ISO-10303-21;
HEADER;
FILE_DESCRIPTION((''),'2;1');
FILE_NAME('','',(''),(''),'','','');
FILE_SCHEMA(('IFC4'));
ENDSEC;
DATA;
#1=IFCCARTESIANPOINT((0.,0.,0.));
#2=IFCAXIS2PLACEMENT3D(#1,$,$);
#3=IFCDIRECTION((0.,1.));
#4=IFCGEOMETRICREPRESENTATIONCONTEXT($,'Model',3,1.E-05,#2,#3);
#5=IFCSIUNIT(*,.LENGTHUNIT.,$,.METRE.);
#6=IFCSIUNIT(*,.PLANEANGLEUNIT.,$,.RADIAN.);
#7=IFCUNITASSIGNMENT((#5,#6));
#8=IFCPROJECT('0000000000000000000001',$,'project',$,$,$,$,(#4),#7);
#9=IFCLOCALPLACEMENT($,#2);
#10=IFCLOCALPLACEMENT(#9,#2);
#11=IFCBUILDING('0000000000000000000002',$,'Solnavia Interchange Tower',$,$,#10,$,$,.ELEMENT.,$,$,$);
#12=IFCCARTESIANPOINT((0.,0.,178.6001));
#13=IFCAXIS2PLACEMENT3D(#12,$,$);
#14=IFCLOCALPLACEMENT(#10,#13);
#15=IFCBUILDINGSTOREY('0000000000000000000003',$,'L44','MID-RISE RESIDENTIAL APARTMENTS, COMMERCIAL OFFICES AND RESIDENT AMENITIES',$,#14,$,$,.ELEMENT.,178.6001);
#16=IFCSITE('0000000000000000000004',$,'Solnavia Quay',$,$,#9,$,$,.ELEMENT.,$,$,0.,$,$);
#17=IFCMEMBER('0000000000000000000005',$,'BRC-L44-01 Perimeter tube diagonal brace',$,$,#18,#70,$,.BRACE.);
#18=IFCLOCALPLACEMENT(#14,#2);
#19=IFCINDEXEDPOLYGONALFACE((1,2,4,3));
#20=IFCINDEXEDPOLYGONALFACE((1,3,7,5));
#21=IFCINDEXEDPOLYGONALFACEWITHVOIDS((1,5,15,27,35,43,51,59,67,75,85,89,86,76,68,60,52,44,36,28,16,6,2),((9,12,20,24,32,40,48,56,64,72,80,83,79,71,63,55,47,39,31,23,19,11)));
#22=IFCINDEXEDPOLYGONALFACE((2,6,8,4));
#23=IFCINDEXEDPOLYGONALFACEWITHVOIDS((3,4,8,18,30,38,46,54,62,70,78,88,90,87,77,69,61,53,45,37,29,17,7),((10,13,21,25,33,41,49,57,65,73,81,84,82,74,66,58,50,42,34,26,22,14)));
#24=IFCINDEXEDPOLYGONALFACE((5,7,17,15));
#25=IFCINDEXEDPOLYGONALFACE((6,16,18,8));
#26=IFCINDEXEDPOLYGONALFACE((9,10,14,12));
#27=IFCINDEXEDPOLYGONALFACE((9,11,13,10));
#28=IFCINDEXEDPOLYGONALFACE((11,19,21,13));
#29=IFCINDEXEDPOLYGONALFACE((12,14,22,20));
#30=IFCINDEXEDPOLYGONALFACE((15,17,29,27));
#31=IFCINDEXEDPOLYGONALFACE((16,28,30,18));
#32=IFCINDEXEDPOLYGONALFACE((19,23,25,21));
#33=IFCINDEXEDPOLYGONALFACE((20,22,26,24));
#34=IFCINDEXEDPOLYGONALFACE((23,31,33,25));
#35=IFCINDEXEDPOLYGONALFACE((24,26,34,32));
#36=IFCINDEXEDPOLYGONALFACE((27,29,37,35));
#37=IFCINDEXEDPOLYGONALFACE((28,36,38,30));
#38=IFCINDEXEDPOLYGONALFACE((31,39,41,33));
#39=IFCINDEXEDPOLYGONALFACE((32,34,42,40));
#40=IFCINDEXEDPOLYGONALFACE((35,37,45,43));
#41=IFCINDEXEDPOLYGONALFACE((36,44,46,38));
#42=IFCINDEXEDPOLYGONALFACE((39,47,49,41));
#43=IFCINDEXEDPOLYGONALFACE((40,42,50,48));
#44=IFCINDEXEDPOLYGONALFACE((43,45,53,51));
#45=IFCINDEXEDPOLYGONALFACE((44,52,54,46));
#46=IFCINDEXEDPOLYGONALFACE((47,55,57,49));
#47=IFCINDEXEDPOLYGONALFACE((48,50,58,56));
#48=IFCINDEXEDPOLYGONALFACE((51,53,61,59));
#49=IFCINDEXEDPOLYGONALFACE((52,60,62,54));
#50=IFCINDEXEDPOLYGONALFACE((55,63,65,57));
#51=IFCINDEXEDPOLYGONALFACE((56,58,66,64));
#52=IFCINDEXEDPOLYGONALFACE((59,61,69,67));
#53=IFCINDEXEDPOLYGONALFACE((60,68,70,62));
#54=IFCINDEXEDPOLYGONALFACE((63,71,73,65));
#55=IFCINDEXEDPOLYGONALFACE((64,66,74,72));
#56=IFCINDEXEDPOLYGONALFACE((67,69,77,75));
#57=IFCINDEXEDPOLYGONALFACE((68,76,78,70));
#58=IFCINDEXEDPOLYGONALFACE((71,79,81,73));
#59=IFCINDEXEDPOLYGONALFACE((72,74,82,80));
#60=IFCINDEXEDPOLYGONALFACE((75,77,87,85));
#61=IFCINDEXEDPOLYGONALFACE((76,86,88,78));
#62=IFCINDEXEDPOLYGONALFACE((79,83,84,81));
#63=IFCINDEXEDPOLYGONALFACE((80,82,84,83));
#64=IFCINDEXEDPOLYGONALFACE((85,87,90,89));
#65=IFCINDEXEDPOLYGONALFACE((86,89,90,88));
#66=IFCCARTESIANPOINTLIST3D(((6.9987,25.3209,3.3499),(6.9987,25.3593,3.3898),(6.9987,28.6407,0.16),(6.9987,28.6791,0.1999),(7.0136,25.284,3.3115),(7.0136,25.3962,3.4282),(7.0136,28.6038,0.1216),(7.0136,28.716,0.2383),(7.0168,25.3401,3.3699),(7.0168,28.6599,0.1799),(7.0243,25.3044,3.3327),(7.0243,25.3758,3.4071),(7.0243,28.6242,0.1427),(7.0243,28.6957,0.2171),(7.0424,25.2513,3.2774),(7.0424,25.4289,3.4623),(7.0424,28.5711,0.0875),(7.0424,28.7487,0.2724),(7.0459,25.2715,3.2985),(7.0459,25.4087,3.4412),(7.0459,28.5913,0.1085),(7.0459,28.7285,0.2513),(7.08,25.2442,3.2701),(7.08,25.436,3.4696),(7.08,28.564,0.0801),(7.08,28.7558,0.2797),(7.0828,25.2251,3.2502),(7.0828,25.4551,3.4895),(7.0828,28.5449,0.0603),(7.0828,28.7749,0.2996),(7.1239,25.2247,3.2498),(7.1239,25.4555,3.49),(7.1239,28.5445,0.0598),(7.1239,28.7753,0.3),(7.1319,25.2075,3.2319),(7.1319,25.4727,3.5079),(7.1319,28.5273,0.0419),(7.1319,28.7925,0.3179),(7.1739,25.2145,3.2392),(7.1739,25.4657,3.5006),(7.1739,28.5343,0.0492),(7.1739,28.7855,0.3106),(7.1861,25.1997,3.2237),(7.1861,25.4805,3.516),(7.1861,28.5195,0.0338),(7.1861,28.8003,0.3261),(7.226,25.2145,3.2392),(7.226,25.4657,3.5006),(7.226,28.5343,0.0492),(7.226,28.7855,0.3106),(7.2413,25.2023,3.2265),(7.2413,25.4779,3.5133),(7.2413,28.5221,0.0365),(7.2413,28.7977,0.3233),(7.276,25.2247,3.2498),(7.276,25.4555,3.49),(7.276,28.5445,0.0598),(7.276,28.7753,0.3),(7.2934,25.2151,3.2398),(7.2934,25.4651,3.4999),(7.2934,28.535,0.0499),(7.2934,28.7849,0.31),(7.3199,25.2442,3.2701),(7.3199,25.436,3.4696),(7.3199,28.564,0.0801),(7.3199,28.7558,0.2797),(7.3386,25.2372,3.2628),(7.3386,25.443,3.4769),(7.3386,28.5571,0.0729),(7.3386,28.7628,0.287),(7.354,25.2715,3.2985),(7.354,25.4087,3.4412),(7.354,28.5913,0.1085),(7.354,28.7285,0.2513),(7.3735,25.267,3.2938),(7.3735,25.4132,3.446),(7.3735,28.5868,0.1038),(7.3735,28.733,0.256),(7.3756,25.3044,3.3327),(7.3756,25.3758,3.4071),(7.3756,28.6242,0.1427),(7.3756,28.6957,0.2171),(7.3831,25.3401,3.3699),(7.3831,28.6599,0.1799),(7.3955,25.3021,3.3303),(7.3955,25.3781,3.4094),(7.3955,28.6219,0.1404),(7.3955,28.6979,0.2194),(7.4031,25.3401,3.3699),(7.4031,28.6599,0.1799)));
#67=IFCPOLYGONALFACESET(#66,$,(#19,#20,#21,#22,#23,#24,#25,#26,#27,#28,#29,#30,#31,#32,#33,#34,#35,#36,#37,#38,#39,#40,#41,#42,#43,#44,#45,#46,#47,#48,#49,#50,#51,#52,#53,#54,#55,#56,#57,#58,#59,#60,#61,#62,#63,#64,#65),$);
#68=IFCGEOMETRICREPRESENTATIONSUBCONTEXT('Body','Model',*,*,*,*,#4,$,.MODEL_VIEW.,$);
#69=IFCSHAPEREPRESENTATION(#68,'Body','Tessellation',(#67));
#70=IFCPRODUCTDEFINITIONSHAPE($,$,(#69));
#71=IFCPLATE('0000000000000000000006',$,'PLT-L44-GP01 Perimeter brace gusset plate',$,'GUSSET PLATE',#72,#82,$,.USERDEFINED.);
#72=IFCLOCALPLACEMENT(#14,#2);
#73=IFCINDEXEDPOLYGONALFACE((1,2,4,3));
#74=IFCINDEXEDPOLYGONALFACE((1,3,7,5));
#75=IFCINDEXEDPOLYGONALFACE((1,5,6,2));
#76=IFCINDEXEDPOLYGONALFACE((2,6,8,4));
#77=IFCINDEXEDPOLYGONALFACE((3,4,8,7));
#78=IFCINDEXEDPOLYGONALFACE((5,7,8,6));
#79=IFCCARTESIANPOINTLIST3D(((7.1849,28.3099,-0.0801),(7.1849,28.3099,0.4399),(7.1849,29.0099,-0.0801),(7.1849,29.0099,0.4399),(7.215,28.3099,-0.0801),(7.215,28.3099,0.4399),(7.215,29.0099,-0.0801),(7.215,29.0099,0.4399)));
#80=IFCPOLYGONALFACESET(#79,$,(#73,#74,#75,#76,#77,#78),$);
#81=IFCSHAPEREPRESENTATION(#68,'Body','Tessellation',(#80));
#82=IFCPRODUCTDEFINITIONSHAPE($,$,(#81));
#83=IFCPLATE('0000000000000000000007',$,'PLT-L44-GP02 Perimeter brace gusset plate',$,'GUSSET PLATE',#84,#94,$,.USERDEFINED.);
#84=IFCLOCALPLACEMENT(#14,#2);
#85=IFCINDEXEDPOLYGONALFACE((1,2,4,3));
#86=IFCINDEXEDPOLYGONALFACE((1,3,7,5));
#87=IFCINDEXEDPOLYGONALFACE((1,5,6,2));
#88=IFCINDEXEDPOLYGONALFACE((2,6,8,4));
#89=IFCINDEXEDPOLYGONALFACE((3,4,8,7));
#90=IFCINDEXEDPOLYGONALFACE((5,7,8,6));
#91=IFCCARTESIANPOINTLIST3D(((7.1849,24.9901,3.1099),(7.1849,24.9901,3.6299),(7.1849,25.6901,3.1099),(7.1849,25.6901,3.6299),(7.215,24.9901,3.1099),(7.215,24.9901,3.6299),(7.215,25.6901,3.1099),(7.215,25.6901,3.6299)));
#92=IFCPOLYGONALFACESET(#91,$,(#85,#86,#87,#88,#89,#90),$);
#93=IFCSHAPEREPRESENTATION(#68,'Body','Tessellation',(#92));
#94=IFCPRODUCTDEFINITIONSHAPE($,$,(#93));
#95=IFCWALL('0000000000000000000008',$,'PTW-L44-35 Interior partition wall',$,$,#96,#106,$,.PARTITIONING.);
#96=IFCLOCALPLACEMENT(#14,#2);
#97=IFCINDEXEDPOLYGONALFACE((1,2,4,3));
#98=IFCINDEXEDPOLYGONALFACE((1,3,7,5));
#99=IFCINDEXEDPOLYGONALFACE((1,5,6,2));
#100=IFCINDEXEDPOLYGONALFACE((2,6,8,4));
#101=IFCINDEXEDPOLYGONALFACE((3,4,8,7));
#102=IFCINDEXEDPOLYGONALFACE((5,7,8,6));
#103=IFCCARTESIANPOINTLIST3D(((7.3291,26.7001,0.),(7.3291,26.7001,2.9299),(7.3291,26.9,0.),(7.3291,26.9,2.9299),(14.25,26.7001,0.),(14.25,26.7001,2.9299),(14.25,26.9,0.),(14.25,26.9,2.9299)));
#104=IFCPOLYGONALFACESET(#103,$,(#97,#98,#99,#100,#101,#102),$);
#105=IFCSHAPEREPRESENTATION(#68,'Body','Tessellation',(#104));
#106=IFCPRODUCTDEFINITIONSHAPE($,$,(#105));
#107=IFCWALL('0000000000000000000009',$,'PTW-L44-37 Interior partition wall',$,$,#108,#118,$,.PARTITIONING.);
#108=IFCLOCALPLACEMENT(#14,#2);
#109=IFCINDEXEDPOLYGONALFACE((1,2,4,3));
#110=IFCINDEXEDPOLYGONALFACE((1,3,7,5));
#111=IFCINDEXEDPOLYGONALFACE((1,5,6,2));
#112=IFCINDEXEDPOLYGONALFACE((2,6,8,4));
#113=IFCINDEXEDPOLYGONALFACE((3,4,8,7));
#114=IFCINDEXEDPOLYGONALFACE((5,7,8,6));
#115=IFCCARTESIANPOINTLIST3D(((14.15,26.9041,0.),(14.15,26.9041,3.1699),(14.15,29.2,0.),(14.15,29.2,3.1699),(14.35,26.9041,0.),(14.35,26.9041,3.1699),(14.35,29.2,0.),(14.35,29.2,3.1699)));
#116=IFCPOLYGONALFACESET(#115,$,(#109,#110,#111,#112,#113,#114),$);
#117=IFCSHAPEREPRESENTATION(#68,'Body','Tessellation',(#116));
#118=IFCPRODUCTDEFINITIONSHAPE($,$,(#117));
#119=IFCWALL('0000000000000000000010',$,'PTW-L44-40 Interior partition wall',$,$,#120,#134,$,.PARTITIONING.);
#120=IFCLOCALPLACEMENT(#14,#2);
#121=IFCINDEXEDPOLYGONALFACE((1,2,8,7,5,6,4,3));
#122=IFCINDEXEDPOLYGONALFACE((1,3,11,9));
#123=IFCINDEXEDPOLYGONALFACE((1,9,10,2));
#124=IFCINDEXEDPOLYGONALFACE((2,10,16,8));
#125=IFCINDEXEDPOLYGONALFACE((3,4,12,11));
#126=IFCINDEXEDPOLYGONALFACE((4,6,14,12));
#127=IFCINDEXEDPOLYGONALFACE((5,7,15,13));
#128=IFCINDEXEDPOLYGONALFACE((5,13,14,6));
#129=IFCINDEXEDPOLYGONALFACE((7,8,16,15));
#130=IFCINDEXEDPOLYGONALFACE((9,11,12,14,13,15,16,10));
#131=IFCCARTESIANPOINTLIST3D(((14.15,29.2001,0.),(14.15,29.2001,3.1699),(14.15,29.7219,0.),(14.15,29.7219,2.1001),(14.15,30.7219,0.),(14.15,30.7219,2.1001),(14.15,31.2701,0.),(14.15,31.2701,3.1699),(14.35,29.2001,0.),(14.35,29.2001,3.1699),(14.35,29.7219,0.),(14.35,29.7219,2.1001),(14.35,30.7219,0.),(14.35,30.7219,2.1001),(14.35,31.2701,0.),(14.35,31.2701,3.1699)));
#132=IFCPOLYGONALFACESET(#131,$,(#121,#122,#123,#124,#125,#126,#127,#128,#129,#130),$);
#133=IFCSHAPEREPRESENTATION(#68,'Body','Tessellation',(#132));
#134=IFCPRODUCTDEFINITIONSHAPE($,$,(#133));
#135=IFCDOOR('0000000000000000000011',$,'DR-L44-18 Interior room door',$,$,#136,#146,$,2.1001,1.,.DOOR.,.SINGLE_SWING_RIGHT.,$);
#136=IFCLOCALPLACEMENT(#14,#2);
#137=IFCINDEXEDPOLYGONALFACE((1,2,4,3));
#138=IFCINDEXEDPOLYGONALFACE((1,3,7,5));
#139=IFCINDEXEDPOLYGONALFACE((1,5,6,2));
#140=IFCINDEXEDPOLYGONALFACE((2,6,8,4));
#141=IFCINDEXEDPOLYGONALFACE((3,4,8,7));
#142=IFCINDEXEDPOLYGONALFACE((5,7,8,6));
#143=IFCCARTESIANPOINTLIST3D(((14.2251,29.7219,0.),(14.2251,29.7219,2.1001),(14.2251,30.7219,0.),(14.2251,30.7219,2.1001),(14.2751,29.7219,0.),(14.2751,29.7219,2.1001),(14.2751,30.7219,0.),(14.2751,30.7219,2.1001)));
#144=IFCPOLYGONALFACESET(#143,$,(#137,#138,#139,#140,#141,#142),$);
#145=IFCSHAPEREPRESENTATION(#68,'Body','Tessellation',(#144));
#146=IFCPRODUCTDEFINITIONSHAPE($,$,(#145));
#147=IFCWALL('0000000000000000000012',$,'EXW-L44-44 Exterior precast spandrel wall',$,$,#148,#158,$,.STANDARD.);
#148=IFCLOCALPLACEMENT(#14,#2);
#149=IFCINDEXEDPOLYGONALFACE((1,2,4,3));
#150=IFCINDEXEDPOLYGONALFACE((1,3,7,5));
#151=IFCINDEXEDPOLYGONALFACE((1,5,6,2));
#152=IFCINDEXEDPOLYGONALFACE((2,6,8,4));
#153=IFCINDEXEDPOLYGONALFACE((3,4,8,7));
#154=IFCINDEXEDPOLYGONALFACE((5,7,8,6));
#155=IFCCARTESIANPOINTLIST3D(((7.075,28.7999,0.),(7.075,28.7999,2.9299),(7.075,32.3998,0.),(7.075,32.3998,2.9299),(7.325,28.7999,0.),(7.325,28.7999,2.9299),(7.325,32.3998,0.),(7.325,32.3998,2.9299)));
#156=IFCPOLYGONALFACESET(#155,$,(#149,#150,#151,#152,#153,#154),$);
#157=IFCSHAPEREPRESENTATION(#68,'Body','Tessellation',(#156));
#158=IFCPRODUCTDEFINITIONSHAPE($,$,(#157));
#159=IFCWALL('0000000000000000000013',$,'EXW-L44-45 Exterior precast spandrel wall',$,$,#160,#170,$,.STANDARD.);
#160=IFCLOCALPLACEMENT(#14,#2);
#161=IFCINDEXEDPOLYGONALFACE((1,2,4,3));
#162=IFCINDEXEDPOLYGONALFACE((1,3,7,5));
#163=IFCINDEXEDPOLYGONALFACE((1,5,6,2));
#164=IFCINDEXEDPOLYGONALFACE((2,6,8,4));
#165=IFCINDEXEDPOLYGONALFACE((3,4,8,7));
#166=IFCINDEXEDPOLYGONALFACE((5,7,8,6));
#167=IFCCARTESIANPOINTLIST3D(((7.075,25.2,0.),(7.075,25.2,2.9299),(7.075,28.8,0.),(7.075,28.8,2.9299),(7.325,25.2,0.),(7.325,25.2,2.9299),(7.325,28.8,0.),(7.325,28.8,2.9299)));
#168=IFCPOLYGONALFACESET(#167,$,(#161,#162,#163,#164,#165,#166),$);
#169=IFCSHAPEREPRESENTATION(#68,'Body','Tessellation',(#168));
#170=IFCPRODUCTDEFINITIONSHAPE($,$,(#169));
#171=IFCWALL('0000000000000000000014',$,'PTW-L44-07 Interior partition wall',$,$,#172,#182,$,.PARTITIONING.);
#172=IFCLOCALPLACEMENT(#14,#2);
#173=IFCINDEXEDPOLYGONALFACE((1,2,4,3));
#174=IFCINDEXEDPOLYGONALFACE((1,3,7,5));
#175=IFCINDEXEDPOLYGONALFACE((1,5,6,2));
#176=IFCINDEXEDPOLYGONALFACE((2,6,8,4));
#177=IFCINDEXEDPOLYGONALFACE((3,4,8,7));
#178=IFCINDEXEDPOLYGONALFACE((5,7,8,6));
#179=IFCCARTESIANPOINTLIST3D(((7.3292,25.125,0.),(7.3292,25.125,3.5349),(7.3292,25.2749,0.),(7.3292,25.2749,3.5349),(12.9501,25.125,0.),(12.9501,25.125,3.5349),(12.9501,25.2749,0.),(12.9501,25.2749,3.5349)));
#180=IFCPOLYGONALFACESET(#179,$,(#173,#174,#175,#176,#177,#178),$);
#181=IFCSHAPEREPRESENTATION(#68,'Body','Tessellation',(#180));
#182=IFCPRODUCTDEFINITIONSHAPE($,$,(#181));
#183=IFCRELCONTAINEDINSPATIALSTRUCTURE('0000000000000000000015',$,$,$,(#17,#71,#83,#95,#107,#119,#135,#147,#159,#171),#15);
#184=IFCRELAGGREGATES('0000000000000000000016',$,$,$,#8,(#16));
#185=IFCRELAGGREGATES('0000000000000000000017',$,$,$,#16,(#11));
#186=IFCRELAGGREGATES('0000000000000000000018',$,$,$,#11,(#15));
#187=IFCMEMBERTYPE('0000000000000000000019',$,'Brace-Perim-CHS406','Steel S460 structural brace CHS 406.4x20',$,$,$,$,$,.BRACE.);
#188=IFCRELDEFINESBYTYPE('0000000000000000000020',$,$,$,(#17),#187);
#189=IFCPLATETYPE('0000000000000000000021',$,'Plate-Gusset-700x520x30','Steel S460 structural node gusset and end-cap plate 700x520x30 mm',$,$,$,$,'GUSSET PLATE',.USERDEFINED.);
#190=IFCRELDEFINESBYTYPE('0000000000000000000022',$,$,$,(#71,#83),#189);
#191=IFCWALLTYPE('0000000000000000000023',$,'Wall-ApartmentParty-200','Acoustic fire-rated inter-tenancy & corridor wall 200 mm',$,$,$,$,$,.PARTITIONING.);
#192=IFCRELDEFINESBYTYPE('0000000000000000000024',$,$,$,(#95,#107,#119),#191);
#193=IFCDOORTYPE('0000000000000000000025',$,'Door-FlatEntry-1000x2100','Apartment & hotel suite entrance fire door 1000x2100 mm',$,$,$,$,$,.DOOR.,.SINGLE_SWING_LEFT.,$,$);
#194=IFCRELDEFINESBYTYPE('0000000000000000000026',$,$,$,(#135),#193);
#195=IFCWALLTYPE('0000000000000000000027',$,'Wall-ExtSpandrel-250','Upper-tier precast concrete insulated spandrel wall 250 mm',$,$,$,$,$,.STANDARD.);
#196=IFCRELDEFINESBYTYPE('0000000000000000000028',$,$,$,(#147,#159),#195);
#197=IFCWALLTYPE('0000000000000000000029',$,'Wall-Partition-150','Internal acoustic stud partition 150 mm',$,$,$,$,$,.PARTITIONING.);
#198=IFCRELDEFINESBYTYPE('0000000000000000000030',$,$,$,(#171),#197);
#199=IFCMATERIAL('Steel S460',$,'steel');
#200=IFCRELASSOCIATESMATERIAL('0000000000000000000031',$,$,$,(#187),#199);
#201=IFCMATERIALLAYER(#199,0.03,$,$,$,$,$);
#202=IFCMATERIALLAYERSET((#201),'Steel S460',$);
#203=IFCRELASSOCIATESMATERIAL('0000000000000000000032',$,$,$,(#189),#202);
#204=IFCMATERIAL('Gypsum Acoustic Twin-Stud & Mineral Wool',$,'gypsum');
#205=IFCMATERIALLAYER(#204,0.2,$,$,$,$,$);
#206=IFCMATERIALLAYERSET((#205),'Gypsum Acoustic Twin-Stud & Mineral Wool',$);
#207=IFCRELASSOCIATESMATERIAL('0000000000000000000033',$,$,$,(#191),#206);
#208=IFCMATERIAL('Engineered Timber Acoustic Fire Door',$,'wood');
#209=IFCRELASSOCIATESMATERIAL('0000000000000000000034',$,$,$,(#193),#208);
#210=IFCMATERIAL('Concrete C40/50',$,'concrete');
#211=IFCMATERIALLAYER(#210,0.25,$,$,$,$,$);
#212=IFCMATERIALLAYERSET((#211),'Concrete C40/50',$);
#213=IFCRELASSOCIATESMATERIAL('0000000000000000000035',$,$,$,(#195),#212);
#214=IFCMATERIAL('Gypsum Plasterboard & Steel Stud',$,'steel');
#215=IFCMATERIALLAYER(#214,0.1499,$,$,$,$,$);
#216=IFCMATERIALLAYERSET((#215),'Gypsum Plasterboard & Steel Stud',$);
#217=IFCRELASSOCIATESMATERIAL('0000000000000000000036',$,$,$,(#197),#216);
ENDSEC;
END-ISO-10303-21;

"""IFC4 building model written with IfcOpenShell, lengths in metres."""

from ifc_helpers import new_model, si_unit, direction, frame, frame_2d, origin, origin_2d, place, context, subcontext, project, spatial, rectangle, hollow_circle, extrude, material, layer, layer_set, material_profile, profile_set, type_object, element, fill, save


model = new_model("IFC4")

# Units and contexts
model_context = context("Model", 3, precision=1e-05, world=origin(), true_north=direction((0.0, 1.0)))
body_context = subcontext(model_context, "Body", "Model", "MODEL_VIEW")
ifc_project = project(units=[si_unit("LENGTHUNIT", "METRE"), si_unit("PLANEANGLEUNIT", "RADIAN")], contexts=[model_context])

# Site, building, storey
site_placement = place(None, origin())
site = spatial("IfcSite", under=ifc_project, at=site_placement, Name="Solnavia Quay", CompositionType="ELEMENT", RefElevation=0.0)
building_placement = place(site_placement, origin())
building = spatial("IfcBuilding", under=site, at=building_placement, Name="Solnavia Interchange Tower", CompositionType="ELEMENT")
storey_placement = place(building_placement, frame((0.0, 0.0, 178.6001)))
storey = spatial("IfcBuildingStorey", under=building, at=storey_placement, Name="L44", Description="MID-RISE RESIDENTIAL APARTMENTS, COMMERCIAL OFFICES AND RESIDENT AMENITIES", CompositionType="ELEMENT", Elevation=178.6001)

# Member
ifc_material_1 = material(Name="Steel S460", Category="steel")
ifc_material_profile_1 = material_profile(ifc_material_1, hollow_circle(Radius=0.2031, WallThickness=0.02, at=origin_2d()), Name="CHS 406.4x20")
ifc_profile_set_1 = profile_set([ifc_material_profile_1], Name="Steel S460")
member_type = type_object("IfcMemberType", Name="Brace-Perim-CHS406", Description="Steel S460 structural brace CHS 406.4x20", PredefinedType="BRACE", material=ifc_profile_set_1)
member_placement = place(storey_placement, frame((7.2, 28.6599, 0.1799), z_axis=(0.0, -0.721071, 0.692861), x_axis=(1.0, 0.0, 0.0)))
element("IfcMember", 1, at=member_placement, inside=storey, type_object=member_type, Name="BRC-L44-01 Perimeter tube diagonal brace", PredefinedType="BRACE", context=body_context, shape_type="SweptSolid", body=[
    extrude(hollow_circle(Radius=0.2031, WallThickness=0.02, at=origin_2d()), origin(), (0.0, 0.0, 1.0), 4.604),
])

# Plates
ifc_layer_1 = layer(ifc_material_1, 0.03)
ifc_layer_set_1 = layer_set([ifc_layer_1], Name="Steel S460")
plate_type = type_object("IfcPlateType", Name="Plate-Gusset-700x520x30", Description="Steel S460 structural node gusset and end-cap plate 700x520x30 mm", ElementType="GUSSET PLATE", PredefinedType="USERDEFINED", material=ifc_layer_set_1)
for number, where, z_axis, x_axis, name in (
    (2, (7.2, 28.6599, -0.0801), (0.0, 0.0, 1.0), (0.0, -1.0, 0.0), "PLT-L44-GP01 Perimeter brace gusset plate"),
    (3, (7.2, 25.3401, 3.1099), (0.0, 0.0, 1.0), (0.0, -1.0, 0.0), "PLT-L44-GP02 Perimeter brace gusset plate"),
):
    element("IfcPlate", number, at=place(storey_placement, frame(where, z_axis=z_axis, x_axis=x_axis)), inside=storey, type_object=plate_type, Name=name, ObjectType="GUSSET PLATE", PredefinedType="USERDEFINED", context=body_context, shape_type="SweptSolid", body=[
        extrude(rectangle(XDim=0.7, YDim=0.03, at=origin_2d()), origin(), (0.0, 0.0, 1.0), 0.52),
    ])

# Walls
ifc_material_2 = material(Name="Gypsum Acoustic Twin-Stud & Mineral Wool", Category="gypsum")
ifc_layer_2 = layer(ifc_material_2, 0.2)
ifc_layer_set_2 = layer_set([ifc_layer_2], Name="Gypsum Acoustic Twin-Stud & Mineral Wool")
wall_type_1 = type_object("IfcWallType", Name="Wall-ApartmentParty-200", Description="Acoustic fire-rated inter-tenancy & corridor wall 200 mm", PredefinedType="PARTITIONING", material=ifc_layer_set_2)
wall_1_placement = place(storey_placement, frame((7.3291, 26.8, 0.0), z_axis=(0.0, 0.0, 1.0), x_axis=(1.0, 0.0, 0.0)))
element("IfcWall", 4, at=wall_1_placement, inside=storey, type_object=wall_type_1, Name="PTW-L44-35 Interior partition wall", PredefinedType="PARTITIONING", context=body_context, shape_type="SweptSolid", body=[
    extrude(rectangle(XDim=6.9209, YDim=0.2, at=frame_2d((3.4604, 0.0))), origin(), (0.0, 0.0, 1.0), 2.9299),
])
wall_2_placement = place(storey_placement, frame((14.25, 26.9041, 0.0), z_axis=(0.0, 0.0, 1.0), x_axis=(0.0, 1.0, 0.0)))
element("IfcWall", 5, at=wall_2_placement, inside=storey, type_object=wall_type_1, Name="PTW-L44-37 Interior partition wall", PredefinedType="PARTITIONING", context=body_context, shape_type="SweptSolid", body=[
    extrude(rectangle(XDim=2.2959, YDim=0.2, at=frame_2d((1.1479, 0.0))), origin(), (0.0, 0.0, 1.0), 3.1699),
])

# Wall, opening, door
wall_3_placement = place(storey_placement, frame((14.25, 29.2, 0.0), z_axis=(0.0, 0.0, 1.0), x_axis=(0.0, 1.0, 0.0)))
wall_3 = element("IfcWall", 6, at=wall_3_placement, inside=storey, type_object=wall_type_1, Name="PTW-L44-40 Interior partition wall", PredefinedType="PARTITIONING", context=body_context, shape_type="SweptSolid", body=[
    extrude(rectangle(XDim=2.0701, YDim=0.2, at=frame_2d((1.0352, 0.0))), origin(), (0.0, 0.0, 1.0), 3.1699),
])
opening_1_placement = place(wall_3_placement, frame((0.522, 0.0, 0.0)))
opening_1 = element("IfcOpeningElement", 7, at=opening_1_placement, cuts=wall_3, PredefinedType="OPENING", context=body_context, shape_type="SweptSolid", body=[
    extrude(rectangle(XDim=1.0, YDim=2.1001, at=frame_2d((0.5, 1.05))), frame((0.0, 0.1099, 0.0), z_axis=(0.0, -1.0, 0.0), x_axis=(1.0, 0.0, 0.0)), (0.0, 0.0, 1.0), 0.22),
])
ifc_material_3 = material(Name="Engineered Timber Acoustic Fire Door", Category="wood")
door_type_1 = type_object("IfcDoorType", Name="Door-FlatEntry-1000x2100", Description="Apartment & hotel suite entrance fire door 1000x2100 mm", OperationType="SINGLE_SWING_LEFT", PredefinedType="DOOR", material=ifc_material_3)
door_1_placement = place(opening_1_placement, origin())
door_1 = element("IfcDoor", 8, at=door_1_placement, inside=storey, type_object=door_type_1, Name="DR-L44-18 Interior room door", OperationType="SINGLE_SWING_RIGHT", OverallHeight=2.1001, OverallWidth=1.0, PredefinedType="DOOR", context=body_context, shape_type="SweptSolid", body=[
    extrude(rectangle(XDim=1.0, YDim=2.1001, at=frame_2d((0.5, 1.05))), frame((0.0, 0.0249, 0.0), z_axis=(0.0, -1.0, 0.0), x_axis=(1.0, 0.0, 0.0)), (0.0, 0.0, 1.0), 0.05),
])
fill(opening_1, door_1)

# Walls
ifc_material_4 = material(Name="Concrete C40/50", Category="concrete")
ifc_layer_3 = layer(ifc_material_4, 0.25)
ifc_layer_set_3 = layer_set([ifc_layer_3], Name="Concrete C40/50")
wall_type_2 = type_object("IfcWallType", Name="Wall-ExtSpandrel-250", Description="Upper-tier precast concrete insulated spandrel wall 250 mm", PredefinedType="STANDARD", material=ifc_layer_set_3)
wall_4_placement = place(storey_placement, frame((7.2, 28.8, 0.0), z_axis=(0.0, 0.0, 1.0), x_axis=(0.0, 1.0, 0.0)))
element("IfcWall", 9, at=wall_4_placement, inside=storey, type_object=wall_type_2, Name="EXW-L44-44 Exterior precast spandrel wall", PredefinedType="STANDARD", context=body_context, shape_type="SweptSolid", body=[
    extrude(rectangle(XDim=3.5999, YDim=0.25, at=frame_2d((1.7998, 0.0))), origin(), (0.0, 0.0, 1.0), 2.9299),
])
wall_5_placement = place(storey_placement, frame((7.2, 25.2, 0.0), z_axis=(0.0, 0.0, 1.0), x_axis=(0.0, 1.0, 0.0)))
element("IfcWall", 10, at=wall_5_placement, inside=storey, type_object=wall_type_2, Name="EXW-L44-45 Exterior precast spandrel wall", PredefinedType="STANDARD", context=body_context, shape_type="SweptSolid", body=[
    extrude(rectangle(XDim=3.6001, YDim=0.25, at=frame_2d((1.8, 0.0))), origin(), (0.0, 0.0, 1.0), 2.9299),
])
ifc_material_5 = material(Name="Gypsum Plasterboard & Steel Stud", Category="steel")
ifc_layer_4 = layer(ifc_material_5, 0.1499)
ifc_layer_set_4 = layer_set([ifc_layer_4], Name="Gypsum Plasterboard & Steel Stud")
wall_type_3 = type_object("IfcWallType", Name="Wall-Partition-150", Description="Internal acoustic stud partition 150 mm", PredefinedType="PARTITIONING", material=ifc_layer_set_4)
wall_6_placement = place(storey_placement, frame((7.3291, 25.2, 0.0), z_axis=(0.0, 0.0, 1.0), x_axis=(1.0, 0.0, 0.0)))
element("IfcWall", 11, at=wall_6_placement, inside=storey, type_object=wall_type_3, Name="PTW-L44-07 Interior partition wall", PredefinedType="PARTITIONING", context=body_context, shape_type="SweptSolid", body=[
    extrude(rectangle(XDim=5.6208, YDim=0.1499, at=frame_2d((2.8105, 0.0))), origin(), (0.0, 0.0, 1.0), 3.5349),
])

save(model, "model.ifc")
